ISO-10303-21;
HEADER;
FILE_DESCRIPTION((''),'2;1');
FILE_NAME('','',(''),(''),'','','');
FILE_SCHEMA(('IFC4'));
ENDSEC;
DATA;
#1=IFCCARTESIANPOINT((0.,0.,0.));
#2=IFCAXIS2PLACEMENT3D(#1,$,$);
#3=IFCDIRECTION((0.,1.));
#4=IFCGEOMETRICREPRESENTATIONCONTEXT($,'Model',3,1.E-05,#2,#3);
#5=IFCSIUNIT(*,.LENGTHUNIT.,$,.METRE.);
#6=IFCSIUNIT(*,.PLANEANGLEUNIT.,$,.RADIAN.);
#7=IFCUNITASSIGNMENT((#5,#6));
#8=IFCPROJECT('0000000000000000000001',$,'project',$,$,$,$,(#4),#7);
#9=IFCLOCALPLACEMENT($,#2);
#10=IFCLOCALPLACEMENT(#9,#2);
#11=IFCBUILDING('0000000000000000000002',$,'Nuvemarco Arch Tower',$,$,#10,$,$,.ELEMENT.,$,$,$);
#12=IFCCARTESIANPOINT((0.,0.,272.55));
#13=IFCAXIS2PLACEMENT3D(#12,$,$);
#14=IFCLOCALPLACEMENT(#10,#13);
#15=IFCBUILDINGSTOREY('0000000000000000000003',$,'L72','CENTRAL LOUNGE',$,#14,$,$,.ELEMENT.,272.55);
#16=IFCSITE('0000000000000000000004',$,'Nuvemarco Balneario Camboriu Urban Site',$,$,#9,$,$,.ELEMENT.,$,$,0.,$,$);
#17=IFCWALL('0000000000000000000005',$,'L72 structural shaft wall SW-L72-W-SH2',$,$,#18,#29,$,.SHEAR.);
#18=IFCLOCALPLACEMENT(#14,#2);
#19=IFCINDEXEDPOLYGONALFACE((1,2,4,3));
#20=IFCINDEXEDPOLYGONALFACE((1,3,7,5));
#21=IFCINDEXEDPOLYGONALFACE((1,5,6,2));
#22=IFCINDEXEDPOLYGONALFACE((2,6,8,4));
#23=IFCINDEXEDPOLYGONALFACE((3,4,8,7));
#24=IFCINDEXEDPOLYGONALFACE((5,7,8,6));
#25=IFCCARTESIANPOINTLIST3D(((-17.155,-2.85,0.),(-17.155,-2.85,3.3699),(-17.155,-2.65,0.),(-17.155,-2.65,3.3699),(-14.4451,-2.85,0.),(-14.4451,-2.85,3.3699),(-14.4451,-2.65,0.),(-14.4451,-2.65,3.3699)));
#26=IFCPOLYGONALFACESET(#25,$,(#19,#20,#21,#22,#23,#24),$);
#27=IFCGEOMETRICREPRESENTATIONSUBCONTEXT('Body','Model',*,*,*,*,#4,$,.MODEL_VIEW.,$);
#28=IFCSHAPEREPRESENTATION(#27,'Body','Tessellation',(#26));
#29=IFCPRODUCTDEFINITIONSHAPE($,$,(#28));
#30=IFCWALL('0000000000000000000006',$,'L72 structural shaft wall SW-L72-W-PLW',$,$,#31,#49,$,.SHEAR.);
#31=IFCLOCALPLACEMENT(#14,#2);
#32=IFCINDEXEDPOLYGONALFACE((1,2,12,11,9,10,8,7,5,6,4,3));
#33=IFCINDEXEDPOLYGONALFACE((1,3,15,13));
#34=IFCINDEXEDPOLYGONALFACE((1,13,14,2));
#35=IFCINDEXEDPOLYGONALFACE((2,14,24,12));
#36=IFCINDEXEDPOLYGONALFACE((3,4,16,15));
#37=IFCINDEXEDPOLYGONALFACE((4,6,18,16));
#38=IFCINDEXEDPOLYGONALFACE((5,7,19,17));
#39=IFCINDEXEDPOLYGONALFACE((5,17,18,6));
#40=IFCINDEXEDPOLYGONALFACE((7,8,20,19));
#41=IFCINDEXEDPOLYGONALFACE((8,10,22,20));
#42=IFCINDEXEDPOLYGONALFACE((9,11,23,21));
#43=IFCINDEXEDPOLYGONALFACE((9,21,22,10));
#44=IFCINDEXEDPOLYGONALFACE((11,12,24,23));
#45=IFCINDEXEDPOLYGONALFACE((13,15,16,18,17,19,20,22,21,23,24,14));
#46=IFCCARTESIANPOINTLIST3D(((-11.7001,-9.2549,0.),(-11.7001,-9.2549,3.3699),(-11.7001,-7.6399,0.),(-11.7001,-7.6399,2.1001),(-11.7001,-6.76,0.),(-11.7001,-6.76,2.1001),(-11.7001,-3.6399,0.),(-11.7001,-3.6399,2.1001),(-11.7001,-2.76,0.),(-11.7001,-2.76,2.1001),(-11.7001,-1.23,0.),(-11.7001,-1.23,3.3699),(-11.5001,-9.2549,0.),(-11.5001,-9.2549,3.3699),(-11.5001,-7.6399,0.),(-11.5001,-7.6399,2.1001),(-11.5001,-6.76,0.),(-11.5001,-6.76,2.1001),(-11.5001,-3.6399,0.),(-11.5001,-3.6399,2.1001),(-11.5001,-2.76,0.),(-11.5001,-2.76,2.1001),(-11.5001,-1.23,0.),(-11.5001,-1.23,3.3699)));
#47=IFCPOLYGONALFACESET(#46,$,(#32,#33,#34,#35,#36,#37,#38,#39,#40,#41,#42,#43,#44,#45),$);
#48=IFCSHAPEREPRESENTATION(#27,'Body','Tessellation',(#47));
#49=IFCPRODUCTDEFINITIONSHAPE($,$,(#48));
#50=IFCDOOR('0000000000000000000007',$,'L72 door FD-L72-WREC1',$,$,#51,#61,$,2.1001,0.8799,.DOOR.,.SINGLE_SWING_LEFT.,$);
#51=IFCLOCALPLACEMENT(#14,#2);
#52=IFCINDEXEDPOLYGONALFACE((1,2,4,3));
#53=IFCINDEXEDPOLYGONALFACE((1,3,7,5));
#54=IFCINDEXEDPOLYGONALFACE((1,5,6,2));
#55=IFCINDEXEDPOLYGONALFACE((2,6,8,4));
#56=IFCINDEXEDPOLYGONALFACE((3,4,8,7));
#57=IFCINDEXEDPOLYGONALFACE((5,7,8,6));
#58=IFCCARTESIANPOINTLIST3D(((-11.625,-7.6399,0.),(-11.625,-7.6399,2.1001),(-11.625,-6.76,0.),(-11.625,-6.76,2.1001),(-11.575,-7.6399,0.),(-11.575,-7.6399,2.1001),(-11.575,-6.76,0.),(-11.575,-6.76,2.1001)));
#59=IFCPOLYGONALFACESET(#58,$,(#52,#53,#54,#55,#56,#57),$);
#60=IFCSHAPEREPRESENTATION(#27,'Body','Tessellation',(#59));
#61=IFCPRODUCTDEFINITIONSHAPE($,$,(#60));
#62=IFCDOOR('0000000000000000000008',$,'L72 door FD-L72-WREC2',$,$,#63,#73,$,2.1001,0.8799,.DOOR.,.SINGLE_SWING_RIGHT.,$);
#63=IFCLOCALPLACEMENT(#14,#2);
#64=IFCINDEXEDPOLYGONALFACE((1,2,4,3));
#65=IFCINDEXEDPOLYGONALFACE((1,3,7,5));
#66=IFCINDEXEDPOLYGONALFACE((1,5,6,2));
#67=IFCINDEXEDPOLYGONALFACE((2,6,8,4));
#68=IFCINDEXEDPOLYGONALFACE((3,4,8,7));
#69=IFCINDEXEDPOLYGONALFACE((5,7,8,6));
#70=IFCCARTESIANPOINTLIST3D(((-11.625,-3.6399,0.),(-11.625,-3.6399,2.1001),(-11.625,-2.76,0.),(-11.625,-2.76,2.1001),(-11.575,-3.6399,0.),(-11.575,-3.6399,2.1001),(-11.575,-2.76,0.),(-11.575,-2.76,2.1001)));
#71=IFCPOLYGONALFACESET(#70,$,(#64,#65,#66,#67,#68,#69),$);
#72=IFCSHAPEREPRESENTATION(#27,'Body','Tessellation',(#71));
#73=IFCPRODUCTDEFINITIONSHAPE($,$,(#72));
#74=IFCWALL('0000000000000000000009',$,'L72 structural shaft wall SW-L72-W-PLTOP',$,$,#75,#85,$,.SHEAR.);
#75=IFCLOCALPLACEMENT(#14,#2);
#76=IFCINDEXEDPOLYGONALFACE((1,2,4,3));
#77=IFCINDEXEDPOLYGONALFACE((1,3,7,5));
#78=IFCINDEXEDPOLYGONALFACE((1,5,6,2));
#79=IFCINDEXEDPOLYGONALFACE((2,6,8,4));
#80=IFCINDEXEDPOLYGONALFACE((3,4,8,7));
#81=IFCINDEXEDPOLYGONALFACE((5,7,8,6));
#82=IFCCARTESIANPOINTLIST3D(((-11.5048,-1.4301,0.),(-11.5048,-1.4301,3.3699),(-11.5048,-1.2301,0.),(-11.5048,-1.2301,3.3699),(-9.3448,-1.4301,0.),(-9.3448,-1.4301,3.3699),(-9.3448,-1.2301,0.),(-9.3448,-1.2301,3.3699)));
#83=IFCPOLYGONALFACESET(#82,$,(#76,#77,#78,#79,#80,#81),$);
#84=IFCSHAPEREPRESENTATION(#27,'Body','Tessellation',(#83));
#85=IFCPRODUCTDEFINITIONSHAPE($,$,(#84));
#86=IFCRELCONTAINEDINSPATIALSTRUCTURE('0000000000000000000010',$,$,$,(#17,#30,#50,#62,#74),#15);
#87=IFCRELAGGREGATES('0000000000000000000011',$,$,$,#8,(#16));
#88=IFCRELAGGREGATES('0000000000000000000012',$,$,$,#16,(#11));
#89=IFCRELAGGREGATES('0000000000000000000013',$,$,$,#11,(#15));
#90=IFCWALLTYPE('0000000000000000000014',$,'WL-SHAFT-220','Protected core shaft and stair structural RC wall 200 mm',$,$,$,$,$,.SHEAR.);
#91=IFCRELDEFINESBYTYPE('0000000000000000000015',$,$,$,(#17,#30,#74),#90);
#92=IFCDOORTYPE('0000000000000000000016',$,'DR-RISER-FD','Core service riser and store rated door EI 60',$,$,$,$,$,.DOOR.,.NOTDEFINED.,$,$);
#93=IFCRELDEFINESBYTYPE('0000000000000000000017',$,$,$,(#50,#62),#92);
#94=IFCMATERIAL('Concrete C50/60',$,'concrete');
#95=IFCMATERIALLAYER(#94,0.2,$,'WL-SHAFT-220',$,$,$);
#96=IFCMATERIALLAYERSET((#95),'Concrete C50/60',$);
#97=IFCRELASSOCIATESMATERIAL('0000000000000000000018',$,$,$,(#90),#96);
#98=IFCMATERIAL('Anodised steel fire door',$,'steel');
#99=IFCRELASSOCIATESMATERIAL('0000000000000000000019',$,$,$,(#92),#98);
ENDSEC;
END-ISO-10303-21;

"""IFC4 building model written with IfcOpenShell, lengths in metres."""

from ifc_helpers import new_model, si_unit, direction, frame, frame_2d, origin, place, context, subcontext, project, spatial, rectangle, extrude, source, transform, mapped, material, layer, layer_set, type_object, type_shapes, element, fill, save


model = new_model("IFC4")

# Units and contexts
model_context = context("Model", 3, precision=1e-05, world=origin(), true_north=direction((0.0, 1.0)))
body_context = subcontext(model_context, "Body", "Model", "MODEL_VIEW")
ifc_project = project(units=[si_unit("LENGTHUNIT", "METRE"), si_unit("PLANEANGLEUNIT", "RADIAN")], contexts=[model_context])

# Site, building, storey
site_placement = place(None, origin())
site = spatial("IfcSite", under=ifc_project, at=site_placement, Name="Nuvemarco Balneario Camboriu Urban Site", CompositionType="ELEMENT", RefElevation=0.0)
building_placement = place(site_placement, origin())
building = spatial("IfcBuilding", under=site, at=building_placement, Name="Nuvemarco Arch Tower", CompositionType="ELEMENT")
storey_placement = place(building_placement, frame((0.0, 0.0, 272.55)))
storey = spatial("IfcBuildingStorey", under=building, at=storey_placement, Name="L72", Description="CENTRAL LOUNGE", CompositionType="ELEMENT", Elevation=272.55)

# Shared definitions
ifc_material_1 = material(Name="Concrete C50/60", Category="concrete")

# Shared definitions
ifc_material_2 = material(Name="Anodised steel fire door", Category="steel")

# Shared definitions
ifc_layer_1 = layer(ifc_material_1, 0.2, Name="WL-SHAFT-220")
ifc_layer_set_1 = layer_set([ifc_layer_1], Name="Concrete C50/60")
wall_type_1 = type_object("IfcWallType", Name="WL-SHAFT-220", Description="Protected core shaft and stair structural RC wall 200 mm", PredefinedType="SHEAR", material=ifc_layer_set_1)

# Shared definitions
door_type_1 = type_object("IfcDoorType", Name="DR-RISER-FD", Description="Core service riser and store rated door EI 60", OperationType="NOTDEFINED", PredefinedType="DOOR", material=ifc_material_2)
shared_shape_1 = source(origin(), body_context, "Body", "SweptSolid", [
    extrude(rectangle(XDim=0.8799, YDim=2.1001, at=frame_2d((0.4399, 1.05))), frame((0.0, 0.0249, 0.0), z_axis=(0.0, -1.0, 0.0), x_axis=(1.0, 0.0, 0.0)), (0.0, 0.0, 1.0), 0.05),
])
type_shapes(door_type_1, [shared_shape_1])

# Wall
wall_1_placement = place(storey_placement, frame((-17.155, -2.75, 0.0), z_axis=(0.0, 0.0, 1.0), x_axis=(1.0, 0.0, 0.0)))
element("IfcWall", 1, at=wall_1_placement, inside=storey, type_object=wall_type_1, Name="L72 structural shaft wall SW-L72-W-SH2", PredefinedType="SHEAR", context=body_context, shape_type="SweptSolid", body=[
    extrude(rectangle(XDim=2.71, YDim=0.2, at=frame_2d((1.355, 0.0))), origin(), (0.0, 0.0, 1.0), 3.3699),
])

# Wall, openings, doors
wall_2_placement = place(storey_placement, frame((-11.6001, -9.2549, 0.0), z_axis=(0.0, 0.0, 1.0), x_axis=(0.0, 1.0, 0.0)))
wall_2 = element("IfcWall", 2, at=wall_2_placement, inside=storey, type_object=wall_type_1, Name="L72 structural shaft wall SW-L72-W-PLW", PredefinedType="SHEAR", context=body_context, shape_type="SweptSolid", body=[
    extrude(rectangle(XDim=8.0249, YDim=0.2, at=frame_2d((4.0125, 0.0))), origin(), (0.0, 0.0, 1.0), 3.3699),
])
opening_1_placement = place(wall_2_placement, frame((1.615, 0.0, 0.0)))
opening_1 = element("IfcOpeningElement", 3, at=opening_1_placement, cuts=wall_2, PredefinedType="OPENING", context=body_context, shape_type="SweptSolid", body=[
    extrude(rectangle(XDim=0.8799, YDim=2.1001, at=frame_2d((0.4399, 1.05))), frame((0.0, 0.1099, 0.0), z_axis=(0.0, -1.0, 0.0), x_axis=(1.0, 0.0, 0.0)), (0.0, 0.0, 1.0), 0.22),
])
opening_2_placement = place(wall_2_placement, frame((5.615, 0.0, 0.0)))
opening_2 = element("IfcOpeningElement", 4, at=opening_2_placement, cuts=wall_2, PredefinedType="OPENING", context=body_context, shape_type="SweptSolid", body=[
    extrude(rectangle(XDim=0.8799, YDim=2.1001, at=frame_2d((0.4399, 1.05))), frame((0.0, 0.1099, 0.0), z_axis=(0.0, -1.0, 0.0), x_axis=(1.0, 0.0, 0.0)), (0.0, 0.0, 1.0), 0.22),
])
door_1_placement = place(opening_1_placement, origin())
door_1 = element("IfcDoor", 5, at=door_1_placement, inside=storey, type_object=door_type_1, Name="L72 door FD-L72-WREC1", OperationType="SINGLE_SWING_LEFT", OverallHeight=2.1001, OverallWidth=0.8799, PredefinedType="DOOR", context=body_context, shape_type="MappedRepresentation", body=[
    mapped(shared_shape_1, transform((0.0, 0.0, 0.0), scale=1.0)),
])
fill(opening_1, door_1)
door_2_placement = place(opening_2_placement, origin())
door_2 = element("IfcDoor", 6, at=door_2_placement, inside=storey, type_object=door_type_1, Name="L72 door FD-L72-WREC2", OperationType="SINGLE_SWING_RIGHT", OverallHeight=2.1001, OverallWidth=0.8799, PredefinedType="DOOR", context=body_context, shape_type="MappedRepresentation", body=[
    mapped(shared_shape_1, transform((0.0, 0.0, 0.0), scale=1.0)),
])
fill(opening_2, door_2)

# Wall
wall_3_placement = place(storey_placement, frame((-11.5049, -1.3301, 0.0), z_axis=(0.0, 0.0, 1.0), x_axis=(1.0, 0.0, 0.0)))
element("IfcWall", 7, at=wall_3_placement, inside=storey, type_object=wall_type_1, Name="L72 structural shaft wall SW-L72-W-PLTOP", PredefinedType="SHEAR", context=body_context, shape_type="SweptSolid", body=[
    extrude(rectangle(XDim=2.1599, YDim=0.2, at=frame_2d((1.0801, 0.0))), origin(), (0.0, 0.0, 1.0), 3.3699),
])

save(model, "model.ifc")
